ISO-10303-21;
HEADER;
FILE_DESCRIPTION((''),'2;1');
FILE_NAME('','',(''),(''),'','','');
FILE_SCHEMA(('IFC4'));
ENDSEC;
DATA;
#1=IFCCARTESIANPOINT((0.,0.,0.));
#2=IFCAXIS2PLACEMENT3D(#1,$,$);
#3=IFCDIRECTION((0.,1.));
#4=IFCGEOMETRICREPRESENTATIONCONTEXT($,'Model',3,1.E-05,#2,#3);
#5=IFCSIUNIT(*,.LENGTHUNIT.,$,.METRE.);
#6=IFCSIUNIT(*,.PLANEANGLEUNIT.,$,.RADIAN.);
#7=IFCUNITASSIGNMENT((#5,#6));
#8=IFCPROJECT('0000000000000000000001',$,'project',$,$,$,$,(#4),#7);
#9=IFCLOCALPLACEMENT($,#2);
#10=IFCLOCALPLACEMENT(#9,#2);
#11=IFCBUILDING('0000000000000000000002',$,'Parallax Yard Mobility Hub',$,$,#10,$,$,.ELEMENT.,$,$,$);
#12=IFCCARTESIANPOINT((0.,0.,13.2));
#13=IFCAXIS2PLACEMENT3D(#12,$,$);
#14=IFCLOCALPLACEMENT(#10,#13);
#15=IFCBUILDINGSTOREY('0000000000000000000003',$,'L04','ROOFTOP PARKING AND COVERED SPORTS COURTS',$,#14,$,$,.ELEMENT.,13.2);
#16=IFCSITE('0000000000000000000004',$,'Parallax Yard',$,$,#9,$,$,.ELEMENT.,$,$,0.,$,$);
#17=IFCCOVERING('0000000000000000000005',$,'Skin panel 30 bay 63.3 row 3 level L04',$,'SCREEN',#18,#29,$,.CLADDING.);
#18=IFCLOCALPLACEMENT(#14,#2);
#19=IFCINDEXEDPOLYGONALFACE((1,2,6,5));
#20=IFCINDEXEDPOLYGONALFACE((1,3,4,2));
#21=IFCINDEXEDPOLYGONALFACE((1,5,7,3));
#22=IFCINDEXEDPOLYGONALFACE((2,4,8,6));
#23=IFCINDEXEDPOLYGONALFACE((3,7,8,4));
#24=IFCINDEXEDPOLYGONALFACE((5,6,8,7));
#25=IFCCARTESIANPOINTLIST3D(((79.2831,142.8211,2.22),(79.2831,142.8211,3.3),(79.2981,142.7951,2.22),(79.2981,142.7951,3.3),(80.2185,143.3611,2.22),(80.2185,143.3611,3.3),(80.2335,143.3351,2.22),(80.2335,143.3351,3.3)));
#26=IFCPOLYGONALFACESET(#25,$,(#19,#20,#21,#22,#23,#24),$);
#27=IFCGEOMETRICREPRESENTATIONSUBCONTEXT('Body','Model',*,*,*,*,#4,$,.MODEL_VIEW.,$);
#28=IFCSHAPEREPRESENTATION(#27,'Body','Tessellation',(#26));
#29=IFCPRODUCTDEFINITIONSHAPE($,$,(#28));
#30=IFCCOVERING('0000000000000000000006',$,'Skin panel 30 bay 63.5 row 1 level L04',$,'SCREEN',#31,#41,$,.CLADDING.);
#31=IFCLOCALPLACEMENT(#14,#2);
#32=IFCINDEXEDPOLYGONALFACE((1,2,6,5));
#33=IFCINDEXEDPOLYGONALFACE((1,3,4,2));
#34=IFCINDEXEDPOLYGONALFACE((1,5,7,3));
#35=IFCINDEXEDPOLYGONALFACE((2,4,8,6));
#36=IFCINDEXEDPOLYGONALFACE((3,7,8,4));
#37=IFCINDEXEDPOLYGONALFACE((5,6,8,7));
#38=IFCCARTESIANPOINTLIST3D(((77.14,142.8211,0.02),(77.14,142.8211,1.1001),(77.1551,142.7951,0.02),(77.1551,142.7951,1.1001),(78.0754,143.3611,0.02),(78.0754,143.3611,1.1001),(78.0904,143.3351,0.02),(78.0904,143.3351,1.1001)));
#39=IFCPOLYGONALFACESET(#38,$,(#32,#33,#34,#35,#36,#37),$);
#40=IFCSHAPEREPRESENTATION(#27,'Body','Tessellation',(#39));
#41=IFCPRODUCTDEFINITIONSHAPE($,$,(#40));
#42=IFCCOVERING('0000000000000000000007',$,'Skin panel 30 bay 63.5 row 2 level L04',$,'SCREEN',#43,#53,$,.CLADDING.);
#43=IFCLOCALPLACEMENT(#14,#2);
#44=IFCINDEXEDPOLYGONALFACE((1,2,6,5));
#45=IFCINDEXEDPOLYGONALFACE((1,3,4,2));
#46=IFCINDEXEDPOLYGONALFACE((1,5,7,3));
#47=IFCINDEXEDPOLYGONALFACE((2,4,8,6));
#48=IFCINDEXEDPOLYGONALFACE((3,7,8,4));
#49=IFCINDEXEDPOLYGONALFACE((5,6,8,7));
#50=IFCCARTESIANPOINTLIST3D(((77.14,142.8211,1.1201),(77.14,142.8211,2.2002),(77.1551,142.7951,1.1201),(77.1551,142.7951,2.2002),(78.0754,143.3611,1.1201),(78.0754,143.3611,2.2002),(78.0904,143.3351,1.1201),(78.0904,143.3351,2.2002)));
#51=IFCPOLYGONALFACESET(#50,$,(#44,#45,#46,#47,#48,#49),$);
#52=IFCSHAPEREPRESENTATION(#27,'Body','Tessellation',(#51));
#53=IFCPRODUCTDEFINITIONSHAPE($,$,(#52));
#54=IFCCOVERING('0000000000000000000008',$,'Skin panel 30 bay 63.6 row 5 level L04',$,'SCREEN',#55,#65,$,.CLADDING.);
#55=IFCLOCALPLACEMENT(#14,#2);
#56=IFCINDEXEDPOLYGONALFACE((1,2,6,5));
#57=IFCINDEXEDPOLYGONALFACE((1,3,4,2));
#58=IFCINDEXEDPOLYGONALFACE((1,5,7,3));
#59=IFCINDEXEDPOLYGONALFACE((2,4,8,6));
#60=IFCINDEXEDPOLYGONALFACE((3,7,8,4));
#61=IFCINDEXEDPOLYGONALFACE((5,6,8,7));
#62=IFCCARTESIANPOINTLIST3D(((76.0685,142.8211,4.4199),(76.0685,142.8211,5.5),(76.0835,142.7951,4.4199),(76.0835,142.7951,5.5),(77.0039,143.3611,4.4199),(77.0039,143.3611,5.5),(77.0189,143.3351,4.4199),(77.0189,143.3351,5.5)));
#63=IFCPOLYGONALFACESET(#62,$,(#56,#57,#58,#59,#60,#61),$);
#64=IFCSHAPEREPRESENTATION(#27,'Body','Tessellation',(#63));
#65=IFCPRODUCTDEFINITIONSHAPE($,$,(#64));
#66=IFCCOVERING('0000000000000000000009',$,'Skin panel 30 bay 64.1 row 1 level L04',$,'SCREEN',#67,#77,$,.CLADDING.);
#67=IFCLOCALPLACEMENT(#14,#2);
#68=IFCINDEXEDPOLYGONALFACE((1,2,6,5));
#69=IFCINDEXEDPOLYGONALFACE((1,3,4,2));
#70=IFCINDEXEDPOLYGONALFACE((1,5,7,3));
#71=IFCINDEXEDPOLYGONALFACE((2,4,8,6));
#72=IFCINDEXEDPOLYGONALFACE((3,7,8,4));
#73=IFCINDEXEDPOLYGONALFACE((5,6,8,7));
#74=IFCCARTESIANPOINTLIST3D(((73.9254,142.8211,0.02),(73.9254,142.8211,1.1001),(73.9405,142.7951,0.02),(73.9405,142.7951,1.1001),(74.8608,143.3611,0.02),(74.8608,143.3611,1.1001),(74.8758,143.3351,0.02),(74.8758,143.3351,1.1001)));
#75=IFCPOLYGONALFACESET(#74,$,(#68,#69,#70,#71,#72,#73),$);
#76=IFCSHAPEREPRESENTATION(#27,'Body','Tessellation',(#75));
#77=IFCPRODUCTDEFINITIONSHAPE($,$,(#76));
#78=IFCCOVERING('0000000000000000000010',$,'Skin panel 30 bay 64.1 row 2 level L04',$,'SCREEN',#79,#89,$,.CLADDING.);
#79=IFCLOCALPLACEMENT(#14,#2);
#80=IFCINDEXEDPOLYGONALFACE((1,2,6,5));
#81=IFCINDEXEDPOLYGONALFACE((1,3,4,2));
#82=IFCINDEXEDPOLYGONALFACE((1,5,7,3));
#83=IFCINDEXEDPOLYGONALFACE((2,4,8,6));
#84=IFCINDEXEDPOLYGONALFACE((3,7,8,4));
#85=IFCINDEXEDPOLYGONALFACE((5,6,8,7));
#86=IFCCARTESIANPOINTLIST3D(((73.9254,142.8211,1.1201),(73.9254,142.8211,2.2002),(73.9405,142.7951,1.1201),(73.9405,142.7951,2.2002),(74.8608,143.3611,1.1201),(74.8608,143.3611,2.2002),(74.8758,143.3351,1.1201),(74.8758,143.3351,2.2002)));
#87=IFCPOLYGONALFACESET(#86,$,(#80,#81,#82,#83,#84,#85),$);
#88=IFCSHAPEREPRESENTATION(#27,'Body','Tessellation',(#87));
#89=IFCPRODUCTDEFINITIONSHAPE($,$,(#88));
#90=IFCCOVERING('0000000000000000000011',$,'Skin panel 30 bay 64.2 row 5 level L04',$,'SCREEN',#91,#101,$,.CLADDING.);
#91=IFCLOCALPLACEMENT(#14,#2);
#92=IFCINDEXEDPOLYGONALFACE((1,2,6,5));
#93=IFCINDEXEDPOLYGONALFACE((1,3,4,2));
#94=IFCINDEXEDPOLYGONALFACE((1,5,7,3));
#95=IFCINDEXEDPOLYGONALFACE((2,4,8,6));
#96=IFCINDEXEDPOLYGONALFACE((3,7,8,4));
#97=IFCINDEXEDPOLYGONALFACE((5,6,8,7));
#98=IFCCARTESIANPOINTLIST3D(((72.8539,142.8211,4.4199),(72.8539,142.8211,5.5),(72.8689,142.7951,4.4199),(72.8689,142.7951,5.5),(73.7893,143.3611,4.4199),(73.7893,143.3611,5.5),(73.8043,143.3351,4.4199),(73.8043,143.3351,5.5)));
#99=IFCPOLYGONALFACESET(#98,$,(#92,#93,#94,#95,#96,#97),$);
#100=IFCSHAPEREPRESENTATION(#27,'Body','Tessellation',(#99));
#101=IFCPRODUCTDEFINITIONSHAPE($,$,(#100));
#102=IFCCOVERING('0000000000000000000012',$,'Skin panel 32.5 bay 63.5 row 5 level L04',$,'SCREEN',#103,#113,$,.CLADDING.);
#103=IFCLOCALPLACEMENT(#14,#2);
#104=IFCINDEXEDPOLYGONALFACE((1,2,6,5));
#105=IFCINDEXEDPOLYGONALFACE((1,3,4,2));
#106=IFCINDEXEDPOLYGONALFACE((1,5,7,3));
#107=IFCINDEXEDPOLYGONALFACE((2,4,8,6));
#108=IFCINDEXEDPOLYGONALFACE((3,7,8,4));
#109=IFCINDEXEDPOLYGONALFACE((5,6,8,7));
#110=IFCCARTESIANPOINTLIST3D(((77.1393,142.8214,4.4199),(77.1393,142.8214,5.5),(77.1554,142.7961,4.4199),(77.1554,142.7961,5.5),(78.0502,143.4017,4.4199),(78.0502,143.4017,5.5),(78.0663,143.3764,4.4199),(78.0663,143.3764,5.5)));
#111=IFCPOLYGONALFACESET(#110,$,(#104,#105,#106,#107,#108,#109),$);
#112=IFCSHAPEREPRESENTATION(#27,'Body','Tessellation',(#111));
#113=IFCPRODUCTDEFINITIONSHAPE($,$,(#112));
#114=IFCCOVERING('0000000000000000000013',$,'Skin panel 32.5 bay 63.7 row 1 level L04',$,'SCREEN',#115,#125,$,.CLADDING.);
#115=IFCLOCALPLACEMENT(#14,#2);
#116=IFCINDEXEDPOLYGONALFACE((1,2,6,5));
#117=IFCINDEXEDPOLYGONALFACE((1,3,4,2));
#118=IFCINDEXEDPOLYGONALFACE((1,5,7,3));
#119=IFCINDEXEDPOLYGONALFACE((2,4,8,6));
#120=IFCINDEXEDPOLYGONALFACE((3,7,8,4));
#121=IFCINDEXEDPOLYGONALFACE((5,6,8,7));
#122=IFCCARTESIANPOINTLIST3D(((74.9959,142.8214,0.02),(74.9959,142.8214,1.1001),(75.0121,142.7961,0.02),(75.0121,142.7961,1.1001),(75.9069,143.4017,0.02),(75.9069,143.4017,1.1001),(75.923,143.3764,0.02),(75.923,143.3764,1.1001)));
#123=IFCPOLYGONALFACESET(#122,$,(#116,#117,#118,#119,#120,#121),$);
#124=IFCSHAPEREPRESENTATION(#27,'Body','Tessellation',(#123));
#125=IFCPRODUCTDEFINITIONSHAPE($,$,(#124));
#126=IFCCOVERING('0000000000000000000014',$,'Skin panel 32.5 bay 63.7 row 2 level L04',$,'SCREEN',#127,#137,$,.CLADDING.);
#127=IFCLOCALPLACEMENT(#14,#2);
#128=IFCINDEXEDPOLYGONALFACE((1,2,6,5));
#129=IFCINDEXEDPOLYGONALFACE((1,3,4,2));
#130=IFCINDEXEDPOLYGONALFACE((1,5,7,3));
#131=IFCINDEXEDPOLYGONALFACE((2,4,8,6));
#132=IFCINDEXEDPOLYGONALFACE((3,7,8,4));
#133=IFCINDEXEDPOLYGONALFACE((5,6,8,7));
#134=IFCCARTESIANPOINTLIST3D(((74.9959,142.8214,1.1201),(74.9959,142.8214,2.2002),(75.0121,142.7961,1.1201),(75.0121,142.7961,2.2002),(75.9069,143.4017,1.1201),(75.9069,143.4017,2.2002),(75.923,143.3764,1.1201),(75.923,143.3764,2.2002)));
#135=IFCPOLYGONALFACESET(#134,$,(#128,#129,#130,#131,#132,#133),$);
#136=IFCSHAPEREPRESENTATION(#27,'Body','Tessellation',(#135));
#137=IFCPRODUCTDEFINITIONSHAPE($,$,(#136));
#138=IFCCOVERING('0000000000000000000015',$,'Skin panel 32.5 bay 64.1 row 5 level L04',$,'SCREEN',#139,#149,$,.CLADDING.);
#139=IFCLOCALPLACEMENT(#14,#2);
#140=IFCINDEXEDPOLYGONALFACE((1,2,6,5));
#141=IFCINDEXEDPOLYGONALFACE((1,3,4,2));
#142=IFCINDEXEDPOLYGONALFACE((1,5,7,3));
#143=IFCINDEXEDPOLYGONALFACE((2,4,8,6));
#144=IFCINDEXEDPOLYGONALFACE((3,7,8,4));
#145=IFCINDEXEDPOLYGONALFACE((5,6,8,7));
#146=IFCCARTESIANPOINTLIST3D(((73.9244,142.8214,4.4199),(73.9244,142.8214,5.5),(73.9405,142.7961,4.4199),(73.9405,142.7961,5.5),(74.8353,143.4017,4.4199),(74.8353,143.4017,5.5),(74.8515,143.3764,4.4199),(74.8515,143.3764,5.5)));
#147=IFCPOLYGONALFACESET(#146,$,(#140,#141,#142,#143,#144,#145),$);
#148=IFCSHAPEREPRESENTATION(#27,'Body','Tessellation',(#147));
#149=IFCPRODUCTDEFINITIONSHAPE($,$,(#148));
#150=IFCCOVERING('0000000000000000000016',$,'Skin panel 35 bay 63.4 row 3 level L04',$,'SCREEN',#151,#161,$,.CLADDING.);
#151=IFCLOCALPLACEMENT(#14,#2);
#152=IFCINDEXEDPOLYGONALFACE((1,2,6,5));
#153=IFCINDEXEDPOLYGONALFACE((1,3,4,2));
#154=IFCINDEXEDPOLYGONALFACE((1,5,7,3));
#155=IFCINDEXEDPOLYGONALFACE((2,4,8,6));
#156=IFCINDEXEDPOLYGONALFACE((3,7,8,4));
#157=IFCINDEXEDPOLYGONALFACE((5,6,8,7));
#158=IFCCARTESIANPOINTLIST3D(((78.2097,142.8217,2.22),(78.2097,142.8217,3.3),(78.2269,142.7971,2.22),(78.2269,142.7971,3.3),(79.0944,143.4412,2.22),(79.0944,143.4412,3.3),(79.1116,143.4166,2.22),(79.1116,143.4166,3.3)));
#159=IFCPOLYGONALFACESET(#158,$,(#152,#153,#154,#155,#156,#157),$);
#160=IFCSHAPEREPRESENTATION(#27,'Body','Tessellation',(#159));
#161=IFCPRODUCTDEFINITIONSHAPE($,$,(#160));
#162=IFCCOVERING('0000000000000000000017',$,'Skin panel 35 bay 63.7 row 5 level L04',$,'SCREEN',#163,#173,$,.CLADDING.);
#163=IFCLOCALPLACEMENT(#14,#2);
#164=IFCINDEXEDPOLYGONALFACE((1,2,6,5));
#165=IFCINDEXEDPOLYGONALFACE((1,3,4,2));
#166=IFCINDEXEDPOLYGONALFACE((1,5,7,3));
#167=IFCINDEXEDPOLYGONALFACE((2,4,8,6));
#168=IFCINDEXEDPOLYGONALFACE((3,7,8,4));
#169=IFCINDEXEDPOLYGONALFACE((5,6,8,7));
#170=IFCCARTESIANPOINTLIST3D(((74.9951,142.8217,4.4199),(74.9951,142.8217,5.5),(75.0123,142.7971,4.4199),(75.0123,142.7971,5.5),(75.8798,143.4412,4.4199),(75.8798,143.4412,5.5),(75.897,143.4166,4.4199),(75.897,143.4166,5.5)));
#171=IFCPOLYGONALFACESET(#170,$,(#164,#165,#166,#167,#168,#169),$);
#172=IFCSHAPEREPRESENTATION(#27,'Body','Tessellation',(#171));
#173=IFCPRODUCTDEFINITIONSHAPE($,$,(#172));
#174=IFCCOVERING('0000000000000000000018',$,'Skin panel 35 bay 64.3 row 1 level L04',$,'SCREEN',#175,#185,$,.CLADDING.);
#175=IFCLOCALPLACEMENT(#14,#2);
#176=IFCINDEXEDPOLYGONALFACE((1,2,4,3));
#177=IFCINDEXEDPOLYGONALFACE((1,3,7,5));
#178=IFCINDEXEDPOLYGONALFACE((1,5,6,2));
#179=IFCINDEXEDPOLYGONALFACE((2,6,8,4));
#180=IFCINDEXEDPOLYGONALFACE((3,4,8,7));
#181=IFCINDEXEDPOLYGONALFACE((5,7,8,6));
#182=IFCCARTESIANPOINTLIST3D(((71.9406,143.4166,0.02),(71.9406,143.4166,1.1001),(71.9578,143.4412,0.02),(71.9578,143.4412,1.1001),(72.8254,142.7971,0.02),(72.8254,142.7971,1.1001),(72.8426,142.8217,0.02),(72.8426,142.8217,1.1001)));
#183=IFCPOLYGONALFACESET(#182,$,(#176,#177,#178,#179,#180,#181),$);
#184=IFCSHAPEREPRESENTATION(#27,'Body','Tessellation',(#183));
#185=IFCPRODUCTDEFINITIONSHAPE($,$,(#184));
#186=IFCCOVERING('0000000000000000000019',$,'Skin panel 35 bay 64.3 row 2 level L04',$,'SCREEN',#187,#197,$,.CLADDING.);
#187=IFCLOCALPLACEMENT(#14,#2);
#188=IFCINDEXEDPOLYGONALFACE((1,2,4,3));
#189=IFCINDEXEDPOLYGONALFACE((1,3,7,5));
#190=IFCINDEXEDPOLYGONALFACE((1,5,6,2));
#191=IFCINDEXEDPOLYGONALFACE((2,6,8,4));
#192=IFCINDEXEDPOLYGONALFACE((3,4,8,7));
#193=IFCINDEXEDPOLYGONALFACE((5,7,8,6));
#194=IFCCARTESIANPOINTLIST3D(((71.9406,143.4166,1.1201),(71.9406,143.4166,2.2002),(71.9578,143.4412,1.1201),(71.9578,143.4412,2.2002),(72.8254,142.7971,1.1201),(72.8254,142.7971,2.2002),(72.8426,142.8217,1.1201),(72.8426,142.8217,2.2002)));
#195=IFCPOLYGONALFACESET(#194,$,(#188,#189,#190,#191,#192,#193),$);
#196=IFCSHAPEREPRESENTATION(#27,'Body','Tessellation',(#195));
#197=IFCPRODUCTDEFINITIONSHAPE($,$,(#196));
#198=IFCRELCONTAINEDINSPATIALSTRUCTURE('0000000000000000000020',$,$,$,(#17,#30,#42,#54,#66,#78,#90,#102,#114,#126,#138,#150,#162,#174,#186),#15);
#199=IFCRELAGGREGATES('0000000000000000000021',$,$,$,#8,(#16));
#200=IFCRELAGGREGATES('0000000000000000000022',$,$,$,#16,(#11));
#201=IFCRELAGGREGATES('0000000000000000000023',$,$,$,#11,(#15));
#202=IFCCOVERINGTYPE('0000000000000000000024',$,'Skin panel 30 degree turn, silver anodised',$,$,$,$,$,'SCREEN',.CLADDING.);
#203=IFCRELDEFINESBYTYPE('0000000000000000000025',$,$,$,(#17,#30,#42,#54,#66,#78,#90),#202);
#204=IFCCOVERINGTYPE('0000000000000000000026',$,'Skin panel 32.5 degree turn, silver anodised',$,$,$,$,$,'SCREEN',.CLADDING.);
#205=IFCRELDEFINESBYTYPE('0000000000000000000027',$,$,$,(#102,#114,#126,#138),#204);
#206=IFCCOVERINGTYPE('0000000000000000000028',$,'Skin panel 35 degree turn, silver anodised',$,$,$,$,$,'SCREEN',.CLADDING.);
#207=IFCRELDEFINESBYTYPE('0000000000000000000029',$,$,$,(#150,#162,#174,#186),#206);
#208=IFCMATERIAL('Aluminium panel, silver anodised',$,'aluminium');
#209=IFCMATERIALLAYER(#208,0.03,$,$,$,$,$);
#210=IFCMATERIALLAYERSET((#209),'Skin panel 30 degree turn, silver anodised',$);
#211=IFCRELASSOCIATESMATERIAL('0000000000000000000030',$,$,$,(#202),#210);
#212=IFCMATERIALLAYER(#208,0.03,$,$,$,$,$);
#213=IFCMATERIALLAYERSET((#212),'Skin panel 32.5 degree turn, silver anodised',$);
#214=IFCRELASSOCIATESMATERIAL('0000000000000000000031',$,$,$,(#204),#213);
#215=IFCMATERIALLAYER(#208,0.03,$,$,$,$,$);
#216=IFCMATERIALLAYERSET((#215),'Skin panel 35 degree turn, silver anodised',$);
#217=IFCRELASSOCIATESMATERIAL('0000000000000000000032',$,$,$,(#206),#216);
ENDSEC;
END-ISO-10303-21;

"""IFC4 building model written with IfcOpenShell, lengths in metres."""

from ifc_helpers import new_model, si_unit, direction, frame, origin, origin_2d, place, context, subcontext, project, spatial, rectangle, extrude, material, layer, layer_set, type_object, element, save


model = new_model("IFC4")

# Units and contexts
model_context = context("Model", 3, precision=1e-05, world=origin(), true_north=direction((0.0, 1.0)))
body_context = subcontext(model_context, "Body", "Model", "MODEL_VIEW")
ifc_project = project(units=[si_unit("LENGTHUNIT", "METRE"), si_unit("PLANEANGLEUNIT", "RADIAN")], contexts=[model_context])

# Site, building, storey
site_placement = place(None, origin())
site = spatial("IfcSite", under=ifc_project, at=site_placement, Name="Parallax Yard", CompositionType="ELEMENT", RefElevation=0.0)
building_placement = place(site_placement, origin())
building = spatial("IfcBuilding", under=site, at=building_placement, Name="Parallax Yard Mobility Hub", CompositionType="ELEMENT")
storey_placement = place(building_placement, frame((0.0, 0.0, 13.2)))
storey = spatial("IfcBuildingStorey", under=building, at=storey_placement, Name="L04", Description="ROOFTOP PARKING AND COVERED SPORTS COURTS", CompositionType="ELEMENT", Elevation=13.2)

# Coverings
ifc_material = material(Name="Aluminium panel, silver anodised", Category="aluminium")
ifc_layer_1 = layer(ifc_material, 0.03)
ifc_layer_set_1 = layer_set([ifc_layer_1], Name="Skin panel 30 degree turn, silver anodised")
covering_type_1 = type_object("IfcCoveringType", Name="Skin panel 30 degree turn, silver anodised", ElementType="SCREEN", PredefinedType="CLADDING", material=ifc_layer_set_1)
for number, where, z_axis, x_axis, name in (
    (1, (79.7583, 143.0781, 2.22), (0.0, 0.0, 1.0), (0.866025, 0.5, 0.0), "Skin panel 30 bay 63.3 row 3 level L04"),
    (2, (77.6152, 143.0781, 0.02), (0.0, 0.0, 1.0), (0.866025, 0.5, 0.0), "Skin panel 30 bay 63.5 row 1 level L04"),
    (3, (77.6152, 143.0781, 1.1201), (0.0, 0.0, 1.0), (0.866025, 0.5, 0.0), "Skin panel 30 bay 63.5 row 2 level L04"),
    (4, (76.5437, 143.0781, 4.4199), (0.0, 0.0, 1.0), (0.866025, 0.5, 0.0), "Skin panel 30 bay 63.6 row 5 level L04"),
    (5, (74.4006, 143.0781, 0.02), (0.0, 0.0, 1.0), (0.866025, 0.5, 0.0), "Skin panel 30 bay 64.1 row 1 level L04"),
    (6, (74.4006, 143.0781, 1.1201), (0.0, 0.0, 1.0), (0.866025, 0.5, 0.0), "Skin panel 30 bay 64.1 row 2 level L04"),
    (7, (73.3291, 143.0781, 4.4199), (0.0, 0.0, 1.0), (0.866025, 0.5, 0.0), "Skin panel 30 bay 64.2 row 5 level L04"),
):
    element("IfcCovering", number, at=place(storey_placement, frame(where, z_axis=z_axis, x_axis=x_axis)), inside=storey, type_object=covering_type_1, Name=name, ObjectType="SCREEN", PredefinedType="CLADDING", context=body_context, shape_type="SweptSolid", body=[
        extrude(rectangle(XDim=1.0801, YDim=0.03, at=origin_2d()), origin(), (0.0, 0.0, 1.0), 1.0801),
    ])
ifc_layer_2 = layer(ifc_material, 0.03)
ifc_layer_set_2 = layer_set([ifc_layer_2], Name="Skin panel 32.5 degree turn, silver anodised")
covering_type_2 = type_object("IfcCoveringType", Name="Skin panel 32.5 degree turn, silver anodised", ElementType="SCREEN", PredefinedType="CLADDING", material=ifc_layer_set_2)
for number, where, z_axis, x_axis, name in (
    (8, (77.6028, 143.0989, 4.4199), (0.0, 0.0, 1.0), (0.843391, 0.5373, 0.0), "Skin panel 32.5 bay 63.5 row 5 level L04"),
    (9, (75.4595, 143.0989, 0.02), (0.0, 0.0, 1.0), (0.843391, 0.5373, 0.0), "Skin panel 32.5 bay 63.7 row 1 level L04"),
    (10, (75.4595, 143.0989, 1.1201), (0.0, 0.0, 1.0), (0.843391, 0.5373, 0.0), "Skin panel 32.5 bay 63.7 row 2 level L04"),
    (11, (74.3879, 143.0989, 4.4199), (0.0, 0.0, 1.0), (0.843391, 0.5373, 0.0), "Skin panel 32.5 bay 64.1 row 5 level L04"),
):
    element("IfcCovering", number, at=place(storey_placement, frame(where, z_axis=z_axis, x_axis=x_axis)), inside=storey, type_object=covering_type_2, Name=name, ObjectType="SCREEN", PredefinedType="CLADDING", context=body_context, shape_type="SweptSolid", body=[
        extrude(rectangle(XDim=1.0801, YDim=0.03, at=origin_2d()), origin(), (0.0, 0.0, 1.0), 1.0801),
    ])
ifc_layer_3 = layer(ifc_material, 0.03)
ifc_layer_set_3 = layer_set([ifc_layer_3], Name="Skin panel 35 degree turn, silver anodised")
covering_type_3 = type_object("IfcCoveringType", Name="Skin panel 35 degree turn, silver anodised", ElementType="SCREEN", PredefinedType="CLADDING", material=ifc_layer_set_3)
for number, where, z_axis, x_axis, name in (
    (12, (78.6606, 143.1191, 2.22), (0.0, 0.0, 1.0), (0.819152, 0.573576, 0.0), "Skin panel 35 bay 63.4 row 3 level L04"),
    (13, (75.446, 143.1191, 4.4199), (0.0, 0.0, 1.0), (0.819152, 0.573576, 0.0), "Skin panel 35 bay 63.7 row 5 level L04"),
    (14, (72.3916, 143.1191, 0.02), (0.0, 0.0, 1.0), (-0.819152, 0.573576, 0.0), "Skin panel 35 bay 64.3 row 1 level L04"),
    (15, (72.3916, 143.1191, 1.1201), (0.0, 0.0, 1.0), (-0.819152, 0.573576, 0.0), "Skin panel 35 bay 64.3 row 2 level L04"),
):
    element("IfcCovering", number, at=place(storey_placement, frame(where, z_axis=z_axis, x_axis=x_axis)), inside=storey, type_object=covering_type_3, Name=name, ObjectType="SCREEN", PredefinedType="CLADDING", context=body_context, shape_type="SweptSolid", body=[
        extrude(rectangle(XDim=1.0801, YDim=0.03, at=origin_2d()), origin(), (0.0, 0.0, 1.0), 1.0801),
    ])

save(model, "model.ifc")
